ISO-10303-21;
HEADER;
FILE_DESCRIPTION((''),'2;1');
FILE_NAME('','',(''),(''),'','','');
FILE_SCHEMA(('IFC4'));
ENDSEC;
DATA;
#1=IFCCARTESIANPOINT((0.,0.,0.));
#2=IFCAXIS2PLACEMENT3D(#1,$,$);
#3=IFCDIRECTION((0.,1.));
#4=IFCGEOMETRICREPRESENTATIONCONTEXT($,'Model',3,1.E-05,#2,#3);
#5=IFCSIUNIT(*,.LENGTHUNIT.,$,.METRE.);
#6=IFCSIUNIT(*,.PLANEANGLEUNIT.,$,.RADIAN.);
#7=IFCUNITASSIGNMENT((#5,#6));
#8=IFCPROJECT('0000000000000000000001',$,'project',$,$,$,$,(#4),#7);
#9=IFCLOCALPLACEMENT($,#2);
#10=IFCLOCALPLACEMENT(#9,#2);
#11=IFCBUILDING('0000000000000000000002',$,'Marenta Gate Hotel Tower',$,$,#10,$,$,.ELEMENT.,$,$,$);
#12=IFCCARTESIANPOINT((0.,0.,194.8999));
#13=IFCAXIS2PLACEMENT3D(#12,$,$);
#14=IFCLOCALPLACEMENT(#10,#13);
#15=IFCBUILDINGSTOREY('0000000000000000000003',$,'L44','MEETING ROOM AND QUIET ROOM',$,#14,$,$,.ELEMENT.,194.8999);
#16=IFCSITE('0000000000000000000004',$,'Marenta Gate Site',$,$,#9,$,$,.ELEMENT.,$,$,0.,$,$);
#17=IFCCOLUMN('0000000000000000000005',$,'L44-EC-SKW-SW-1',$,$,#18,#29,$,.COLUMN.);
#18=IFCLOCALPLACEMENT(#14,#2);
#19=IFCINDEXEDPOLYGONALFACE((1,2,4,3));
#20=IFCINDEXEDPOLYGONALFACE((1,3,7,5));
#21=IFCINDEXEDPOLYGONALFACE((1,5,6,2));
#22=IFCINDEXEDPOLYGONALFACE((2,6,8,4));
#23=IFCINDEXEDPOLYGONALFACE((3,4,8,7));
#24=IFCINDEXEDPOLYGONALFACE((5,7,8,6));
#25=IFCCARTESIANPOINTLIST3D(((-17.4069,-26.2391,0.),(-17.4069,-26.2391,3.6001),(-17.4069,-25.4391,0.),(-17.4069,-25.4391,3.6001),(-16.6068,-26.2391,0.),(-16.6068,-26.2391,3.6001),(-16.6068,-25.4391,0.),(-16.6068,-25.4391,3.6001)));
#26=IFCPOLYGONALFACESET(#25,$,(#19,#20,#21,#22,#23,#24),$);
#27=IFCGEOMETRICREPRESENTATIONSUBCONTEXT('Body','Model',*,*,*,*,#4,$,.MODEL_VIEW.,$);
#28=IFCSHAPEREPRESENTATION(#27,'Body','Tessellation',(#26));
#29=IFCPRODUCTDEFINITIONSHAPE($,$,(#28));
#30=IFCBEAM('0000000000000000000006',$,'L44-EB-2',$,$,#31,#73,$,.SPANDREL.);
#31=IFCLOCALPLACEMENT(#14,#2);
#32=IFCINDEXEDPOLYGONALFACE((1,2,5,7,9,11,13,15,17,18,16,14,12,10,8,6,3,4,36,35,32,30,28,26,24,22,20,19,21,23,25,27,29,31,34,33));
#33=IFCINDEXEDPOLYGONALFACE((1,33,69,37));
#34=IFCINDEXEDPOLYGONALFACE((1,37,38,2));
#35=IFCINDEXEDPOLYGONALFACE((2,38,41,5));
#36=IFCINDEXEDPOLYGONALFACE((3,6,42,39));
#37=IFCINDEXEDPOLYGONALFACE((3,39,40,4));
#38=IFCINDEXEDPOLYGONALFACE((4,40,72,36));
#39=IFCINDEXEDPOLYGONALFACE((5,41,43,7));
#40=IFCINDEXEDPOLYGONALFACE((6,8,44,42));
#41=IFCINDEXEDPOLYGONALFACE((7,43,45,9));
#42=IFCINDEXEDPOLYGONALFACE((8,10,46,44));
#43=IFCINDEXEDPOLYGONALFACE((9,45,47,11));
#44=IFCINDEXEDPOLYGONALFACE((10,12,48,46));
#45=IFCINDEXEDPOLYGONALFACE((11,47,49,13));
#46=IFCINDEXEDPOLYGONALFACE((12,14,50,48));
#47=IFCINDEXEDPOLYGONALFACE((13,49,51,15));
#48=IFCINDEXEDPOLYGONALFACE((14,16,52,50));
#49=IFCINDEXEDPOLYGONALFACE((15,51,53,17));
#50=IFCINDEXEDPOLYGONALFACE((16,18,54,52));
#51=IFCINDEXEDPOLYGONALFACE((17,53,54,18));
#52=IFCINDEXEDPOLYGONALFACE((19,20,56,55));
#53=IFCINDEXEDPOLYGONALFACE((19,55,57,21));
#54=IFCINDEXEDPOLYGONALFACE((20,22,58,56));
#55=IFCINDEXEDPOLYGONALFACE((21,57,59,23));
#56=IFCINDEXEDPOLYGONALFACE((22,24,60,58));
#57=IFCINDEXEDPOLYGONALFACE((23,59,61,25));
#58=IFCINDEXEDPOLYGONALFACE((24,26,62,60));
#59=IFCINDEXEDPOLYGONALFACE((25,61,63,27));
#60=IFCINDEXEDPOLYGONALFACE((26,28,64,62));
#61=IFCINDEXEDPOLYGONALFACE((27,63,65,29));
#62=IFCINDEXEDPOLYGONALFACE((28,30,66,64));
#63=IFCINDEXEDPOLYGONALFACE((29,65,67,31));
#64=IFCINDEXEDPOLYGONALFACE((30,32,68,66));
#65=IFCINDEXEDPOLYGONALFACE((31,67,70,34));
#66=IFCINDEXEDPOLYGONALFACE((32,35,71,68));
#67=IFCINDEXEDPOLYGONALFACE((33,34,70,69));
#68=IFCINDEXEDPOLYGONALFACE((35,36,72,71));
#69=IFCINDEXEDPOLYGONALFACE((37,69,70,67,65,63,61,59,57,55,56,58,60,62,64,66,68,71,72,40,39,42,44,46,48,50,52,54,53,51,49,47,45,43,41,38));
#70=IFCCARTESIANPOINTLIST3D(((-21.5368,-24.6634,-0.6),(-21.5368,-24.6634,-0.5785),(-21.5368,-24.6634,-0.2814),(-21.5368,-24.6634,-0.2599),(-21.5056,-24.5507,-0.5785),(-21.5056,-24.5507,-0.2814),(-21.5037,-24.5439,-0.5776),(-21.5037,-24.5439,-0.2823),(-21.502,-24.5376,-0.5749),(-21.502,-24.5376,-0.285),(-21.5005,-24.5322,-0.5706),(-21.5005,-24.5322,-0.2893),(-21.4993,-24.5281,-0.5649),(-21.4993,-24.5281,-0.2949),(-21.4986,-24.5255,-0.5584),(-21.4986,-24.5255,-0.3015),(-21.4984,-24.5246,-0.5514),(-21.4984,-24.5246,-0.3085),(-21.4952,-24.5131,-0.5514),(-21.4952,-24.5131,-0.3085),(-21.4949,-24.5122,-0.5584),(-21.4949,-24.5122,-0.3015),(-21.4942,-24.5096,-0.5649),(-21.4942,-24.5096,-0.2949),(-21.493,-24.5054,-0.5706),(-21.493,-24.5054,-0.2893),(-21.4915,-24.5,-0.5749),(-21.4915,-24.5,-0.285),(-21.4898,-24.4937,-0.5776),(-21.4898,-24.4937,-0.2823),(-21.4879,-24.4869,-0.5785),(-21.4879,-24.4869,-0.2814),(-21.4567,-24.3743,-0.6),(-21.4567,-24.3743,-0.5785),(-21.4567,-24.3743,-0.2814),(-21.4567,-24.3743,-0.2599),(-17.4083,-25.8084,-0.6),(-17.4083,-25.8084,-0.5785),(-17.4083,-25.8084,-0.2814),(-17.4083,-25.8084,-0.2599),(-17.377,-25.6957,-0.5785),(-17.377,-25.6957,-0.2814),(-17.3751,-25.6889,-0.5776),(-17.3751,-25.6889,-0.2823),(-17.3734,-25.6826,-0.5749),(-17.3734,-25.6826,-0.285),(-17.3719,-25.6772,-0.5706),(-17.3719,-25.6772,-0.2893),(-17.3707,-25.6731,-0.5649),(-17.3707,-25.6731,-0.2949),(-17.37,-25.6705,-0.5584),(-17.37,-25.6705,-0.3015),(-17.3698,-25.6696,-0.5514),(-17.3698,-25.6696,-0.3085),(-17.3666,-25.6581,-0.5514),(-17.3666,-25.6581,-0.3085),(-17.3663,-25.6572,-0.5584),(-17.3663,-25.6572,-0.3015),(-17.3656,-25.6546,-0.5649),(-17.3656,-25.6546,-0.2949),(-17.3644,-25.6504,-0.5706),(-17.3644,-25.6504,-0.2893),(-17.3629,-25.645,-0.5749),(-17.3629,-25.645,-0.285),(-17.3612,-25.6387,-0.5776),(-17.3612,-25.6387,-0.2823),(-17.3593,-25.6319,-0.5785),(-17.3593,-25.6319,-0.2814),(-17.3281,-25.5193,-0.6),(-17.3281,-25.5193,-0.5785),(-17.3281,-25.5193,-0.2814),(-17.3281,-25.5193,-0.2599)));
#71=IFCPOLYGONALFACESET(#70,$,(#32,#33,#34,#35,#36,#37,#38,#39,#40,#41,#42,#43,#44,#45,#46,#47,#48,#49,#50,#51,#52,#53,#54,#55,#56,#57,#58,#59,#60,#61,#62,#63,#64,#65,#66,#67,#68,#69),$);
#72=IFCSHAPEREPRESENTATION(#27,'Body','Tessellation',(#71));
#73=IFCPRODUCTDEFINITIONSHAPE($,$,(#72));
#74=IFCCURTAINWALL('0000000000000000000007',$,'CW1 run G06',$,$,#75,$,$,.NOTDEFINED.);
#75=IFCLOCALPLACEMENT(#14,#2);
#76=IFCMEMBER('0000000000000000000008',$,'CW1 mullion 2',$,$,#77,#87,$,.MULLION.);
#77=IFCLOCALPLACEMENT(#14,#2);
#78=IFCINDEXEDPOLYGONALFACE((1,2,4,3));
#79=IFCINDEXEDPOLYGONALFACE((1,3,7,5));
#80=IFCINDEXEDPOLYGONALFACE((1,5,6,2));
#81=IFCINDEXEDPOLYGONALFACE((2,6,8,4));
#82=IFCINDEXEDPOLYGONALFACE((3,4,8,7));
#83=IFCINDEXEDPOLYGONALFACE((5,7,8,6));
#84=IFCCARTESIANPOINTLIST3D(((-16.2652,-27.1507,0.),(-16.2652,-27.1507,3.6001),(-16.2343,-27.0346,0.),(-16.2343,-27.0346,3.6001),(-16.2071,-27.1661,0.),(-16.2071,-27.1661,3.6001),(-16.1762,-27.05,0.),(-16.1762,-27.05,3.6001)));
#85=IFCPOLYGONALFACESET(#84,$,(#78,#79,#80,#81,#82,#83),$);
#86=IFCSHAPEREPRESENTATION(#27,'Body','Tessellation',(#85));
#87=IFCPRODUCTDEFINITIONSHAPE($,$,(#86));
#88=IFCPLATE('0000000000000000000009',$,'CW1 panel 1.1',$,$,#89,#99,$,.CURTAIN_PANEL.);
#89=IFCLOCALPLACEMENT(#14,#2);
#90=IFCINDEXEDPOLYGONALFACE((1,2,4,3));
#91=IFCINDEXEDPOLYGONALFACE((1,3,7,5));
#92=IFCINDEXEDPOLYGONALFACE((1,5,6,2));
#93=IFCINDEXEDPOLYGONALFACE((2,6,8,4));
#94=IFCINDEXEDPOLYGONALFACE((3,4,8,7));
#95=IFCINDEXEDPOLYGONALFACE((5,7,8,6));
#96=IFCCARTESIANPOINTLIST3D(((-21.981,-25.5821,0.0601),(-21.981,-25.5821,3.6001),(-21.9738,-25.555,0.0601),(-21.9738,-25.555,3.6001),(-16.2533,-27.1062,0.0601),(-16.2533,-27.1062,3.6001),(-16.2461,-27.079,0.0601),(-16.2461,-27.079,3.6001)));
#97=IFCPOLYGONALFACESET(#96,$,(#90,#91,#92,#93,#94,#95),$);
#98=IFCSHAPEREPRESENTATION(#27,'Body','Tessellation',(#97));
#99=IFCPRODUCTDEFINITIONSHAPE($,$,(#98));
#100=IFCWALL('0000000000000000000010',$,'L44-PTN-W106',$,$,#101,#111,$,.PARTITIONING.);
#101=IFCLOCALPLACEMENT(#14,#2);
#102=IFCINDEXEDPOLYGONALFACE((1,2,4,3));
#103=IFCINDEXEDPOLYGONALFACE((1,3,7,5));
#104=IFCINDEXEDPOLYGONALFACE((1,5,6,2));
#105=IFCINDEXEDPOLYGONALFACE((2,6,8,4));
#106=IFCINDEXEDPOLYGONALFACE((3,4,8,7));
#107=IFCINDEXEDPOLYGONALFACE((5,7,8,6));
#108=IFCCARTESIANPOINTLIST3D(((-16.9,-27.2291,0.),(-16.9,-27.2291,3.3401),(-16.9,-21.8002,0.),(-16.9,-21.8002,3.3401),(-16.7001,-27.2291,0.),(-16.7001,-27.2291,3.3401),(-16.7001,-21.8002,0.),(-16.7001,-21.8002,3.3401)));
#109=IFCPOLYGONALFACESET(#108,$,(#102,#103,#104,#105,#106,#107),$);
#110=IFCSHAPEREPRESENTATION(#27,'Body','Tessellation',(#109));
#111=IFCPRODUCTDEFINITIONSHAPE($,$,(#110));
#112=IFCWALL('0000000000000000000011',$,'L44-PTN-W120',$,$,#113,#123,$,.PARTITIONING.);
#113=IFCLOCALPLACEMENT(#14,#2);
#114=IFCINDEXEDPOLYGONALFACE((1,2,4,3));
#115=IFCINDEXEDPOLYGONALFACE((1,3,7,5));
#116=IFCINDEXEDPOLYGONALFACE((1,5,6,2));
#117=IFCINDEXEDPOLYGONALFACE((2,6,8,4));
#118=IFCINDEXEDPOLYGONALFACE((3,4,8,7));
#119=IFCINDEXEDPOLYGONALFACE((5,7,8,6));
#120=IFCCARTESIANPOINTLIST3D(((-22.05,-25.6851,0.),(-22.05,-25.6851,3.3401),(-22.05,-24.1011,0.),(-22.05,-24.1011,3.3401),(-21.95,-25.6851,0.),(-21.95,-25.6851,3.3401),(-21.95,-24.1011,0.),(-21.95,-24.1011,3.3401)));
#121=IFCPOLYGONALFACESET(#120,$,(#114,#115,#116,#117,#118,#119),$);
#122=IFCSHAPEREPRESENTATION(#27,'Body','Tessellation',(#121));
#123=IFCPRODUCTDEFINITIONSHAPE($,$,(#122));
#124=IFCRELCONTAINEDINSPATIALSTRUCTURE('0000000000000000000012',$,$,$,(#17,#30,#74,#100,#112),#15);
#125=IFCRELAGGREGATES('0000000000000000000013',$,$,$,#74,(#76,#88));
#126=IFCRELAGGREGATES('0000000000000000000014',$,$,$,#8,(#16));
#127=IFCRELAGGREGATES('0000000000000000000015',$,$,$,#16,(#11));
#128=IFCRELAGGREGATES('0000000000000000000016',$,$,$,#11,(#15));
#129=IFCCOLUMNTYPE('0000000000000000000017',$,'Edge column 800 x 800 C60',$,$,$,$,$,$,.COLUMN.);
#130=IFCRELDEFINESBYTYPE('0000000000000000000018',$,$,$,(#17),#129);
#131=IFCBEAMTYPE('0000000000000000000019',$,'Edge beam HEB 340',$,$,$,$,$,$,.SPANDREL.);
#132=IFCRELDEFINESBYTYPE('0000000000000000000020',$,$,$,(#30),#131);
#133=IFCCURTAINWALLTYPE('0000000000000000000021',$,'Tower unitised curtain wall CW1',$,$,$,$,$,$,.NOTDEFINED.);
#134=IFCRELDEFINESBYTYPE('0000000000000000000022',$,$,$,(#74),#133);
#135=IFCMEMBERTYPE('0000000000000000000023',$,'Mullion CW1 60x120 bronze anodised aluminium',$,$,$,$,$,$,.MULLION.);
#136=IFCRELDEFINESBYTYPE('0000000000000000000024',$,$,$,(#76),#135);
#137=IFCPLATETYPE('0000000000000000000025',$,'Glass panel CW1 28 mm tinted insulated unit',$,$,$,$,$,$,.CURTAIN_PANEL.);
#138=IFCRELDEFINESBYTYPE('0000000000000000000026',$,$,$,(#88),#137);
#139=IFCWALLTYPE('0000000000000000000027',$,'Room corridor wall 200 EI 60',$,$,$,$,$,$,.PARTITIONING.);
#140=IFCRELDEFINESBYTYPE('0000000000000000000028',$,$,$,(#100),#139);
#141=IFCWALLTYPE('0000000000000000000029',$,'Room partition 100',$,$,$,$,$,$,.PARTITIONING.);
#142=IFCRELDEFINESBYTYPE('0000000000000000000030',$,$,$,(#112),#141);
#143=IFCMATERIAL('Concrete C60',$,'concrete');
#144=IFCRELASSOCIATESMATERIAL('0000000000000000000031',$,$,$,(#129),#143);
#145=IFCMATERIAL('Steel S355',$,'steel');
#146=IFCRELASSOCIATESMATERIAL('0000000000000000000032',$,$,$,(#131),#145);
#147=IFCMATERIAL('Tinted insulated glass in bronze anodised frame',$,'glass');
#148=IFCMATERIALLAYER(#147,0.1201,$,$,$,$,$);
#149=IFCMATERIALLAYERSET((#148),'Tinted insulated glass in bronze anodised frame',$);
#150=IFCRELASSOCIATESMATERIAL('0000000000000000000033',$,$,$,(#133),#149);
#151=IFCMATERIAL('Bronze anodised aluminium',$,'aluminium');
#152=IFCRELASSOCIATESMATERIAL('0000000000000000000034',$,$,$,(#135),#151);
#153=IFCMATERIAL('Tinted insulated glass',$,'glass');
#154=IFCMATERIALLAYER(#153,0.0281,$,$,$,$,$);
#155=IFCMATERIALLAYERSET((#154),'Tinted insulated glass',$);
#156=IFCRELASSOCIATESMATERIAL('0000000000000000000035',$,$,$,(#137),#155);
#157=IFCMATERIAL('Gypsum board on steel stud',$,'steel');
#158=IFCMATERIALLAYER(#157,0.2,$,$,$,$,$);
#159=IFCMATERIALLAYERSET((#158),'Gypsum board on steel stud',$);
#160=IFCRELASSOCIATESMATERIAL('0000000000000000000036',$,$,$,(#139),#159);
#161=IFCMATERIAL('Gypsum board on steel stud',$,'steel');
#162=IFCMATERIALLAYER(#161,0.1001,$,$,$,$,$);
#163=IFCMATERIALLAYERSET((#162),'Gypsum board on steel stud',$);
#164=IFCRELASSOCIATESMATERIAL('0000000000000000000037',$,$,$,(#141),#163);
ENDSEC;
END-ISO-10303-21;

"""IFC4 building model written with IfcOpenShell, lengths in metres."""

from ifc_helpers import new_model, si_unit, direction, frame, frame_2d, origin, origin_2d, place, context, subcontext, project, spatial, rectangle, i_section, extrude, material, layer, layer_set, material_profile, profile_set, type_object, element, aggregate, save


model = new_model("IFC4")

# Units and contexts
model_context = context("Model", 3, precision=1e-05, world=origin(), true_north=direction((0.0, 1.0)))
body_context = subcontext(model_context, "Body", "Model", "MODEL_VIEW")
ifc_project = project(units=[si_unit("LENGTHUNIT", "METRE"), si_unit("PLANEANGLEUNIT", "RADIAN")], contexts=[model_context])

# Site, building, storey
site_placement = place(None, origin())
site = spatial("IfcSite", under=ifc_project, at=site_placement, Name="Marenta Gate Site", CompositionType="ELEMENT", RefElevation=0.0)
building_placement = place(site_placement, origin())
building = spatial("IfcBuilding", under=site, at=building_placement, Name="Marenta Gate Hotel Tower", CompositionType="ELEMENT")
storey_placement = place(building_placement, frame((0.0, 0.0, 194.8999)))
storey = spatial("IfcBuildingStorey", under=building, at=storey_placement, Name="L44", Description="MEETING ROOM AND QUIET ROOM", CompositionType="ELEMENT", Elevation=194.8999)

# Column
ifc_material_1 = material(Name="Concrete C60", Category="concrete")
ifc_material_profile_1 = material_profile(ifc_material_1, rectangle(XDim=0.8, YDim=0.8, at=origin_2d()), Name="800 x 800")
ifc_profile_set_1 = profile_set([ifc_material_profile_1], Name="Concrete C60")
column_type = type_object("IfcColumnType", Name="Edge column 800 x 800 C60", PredefinedType="COLUMN", material=ifc_profile_set_1)
column_placement = place(storey_placement, frame((-17.0068, -25.8391, 0.0), z_axis=(0.0, 0.0, 1.0), x_axis=(1.0, 0.0, 0.0)))
element("IfcColumn", 1, at=column_placement, inside=storey, type_object=column_type, Name="L44-EC-SKW-SW-1", PredefinedType="COLUMN", context=body_context, shape_type="SweptSolid", body=[
    extrude(rectangle(XDim=0.8, YDim=0.8, at=origin_2d()), origin(), (0.0, 0.0, 1.0), 3.6001),
])

# Beam
ifc_material_2 = material(Name="Steel S355", Category="steel")
ifc_material_profile_2 = material_profile(ifc_material_2, i_section(OverallWidth=0.3, OverallDepth=0.3401, WebThickness=0.012, FlangeThickness=0.0215, FilletRadius=0.0271, at=origin_2d()), Name="HEB 340")
ifc_profile_set_2 = profile_set([ifc_material_profile_2], Name="Steel S355")
beam_type = type_object("IfcBeamType", Name="Edge beam HEB 340", PredefinedType="SPANDREL", material=ifc_profile_set_2)
beam_placement = place(storey_placement, frame((-17.3682, -25.6638, -0.4299), z_axis=(-0.963628, 0.267247, 0.0), x_axis=(-0.267247, -0.963628, 0.0)))
element("IfcBeam", 2, at=beam_placement, inside=storey, type_object=beam_type, Name="L44-EB-2", PredefinedType="SPANDREL", context=body_context, shape_type="SweptSolid", body=[
    extrude(i_section(OverallWidth=0.3, OverallDepth=0.3401, WebThickness=0.012, FlangeThickness=0.0215, FilletRadius=0.0271, at=origin_2d()), origin(), (0.0, 0.0, 1.0), 4.2844),
])

# Curtain wall, member, plate
ifc_material_3 = material(Name="Tinted insulated glass in bronze anodised frame", Category="glass")
ifc_layer_1 = layer(ifc_material_3, 0.1201)
ifc_layer_set_1 = layer_set([ifc_layer_1], Name="Tinted insulated glass in bronze anodised frame")
curtain_wall_type = type_object("IfcCurtainWallType", Name="Tower unitised curtain wall CW1", PredefinedType="NOTDEFINED", material=ifc_layer_set_1)
curtain_wall_placement = place(storey_placement, origin())
curtain_wall = element("IfcCurtainWall", 3, at=curtain_wall_placement, inside=storey, type_object=curtain_wall_type, Name="CW1 run G06", PredefinedType="NOTDEFINED")
ifc_material_4 = material(Name="Bronze anodised aluminium", Category="aluminium")
ifc_material_profile_3 = material_profile(ifc_material_4, rectangle(XDim=0.1201, YDim=0.0601, at=origin_2d()), Name="Mullion CW1 60x120 bronze anodised aluminium")
ifc_profile_set_3 = profile_set([ifc_material_profile_3], Name="Bronze anodised aluminium")
member_type = type_object("IfcMemberType", Name="Mullion CW1 60x120 bronze anodised aluminium", PredefinedType="MULLION", material=ifc_profile_set_3)
member_placement = place(storey_placement, frame((-16.2207, -27.1003, 0.0), z_axis=(0.0, 0.0, 1.0), x_axis=(0.257139, 0.966374, 0.0)))
member = element("IfcMember", 4, at=member_placement, type_object=member_type, Name="CW1 mullion 2", PredefinedType="MULLION", context=body_context, shape_type="SweptSolid", body=[
    extrude(rectangle(XDim=0.1201, YDim=0.0601, at=origin_2d()), origin(), (0.0, 0.0, 1.0), 3.6001),
])
ifc_material_5 = material(Name="Tinted insulated glass", Category="glass")
ifc_layer_2 = layer(ifc_material_5, 0.0281)
ifc_layer_set_2 = layer_set([ifc_layer_2], Name="Tinted insulated glass")
plate_type = type_object("IfcPlateType", Name="Glass panel CW1 28 mm tinted insulated unit", PredefinedType="CURTAIN_PANEL", material=ifc_layer_set_2)
plate_placement = place(storey_placement, frame((-19.1135, -26.3306, 0.0601), z_axis=(0.0, 0.0, 1.0), x_axis=(0.966374, -0.257139, 0.0)))
plate = element("IfcPlate", 5, at=plate_placement, type_object=plate_type, Name="CW1 panel 1.1", PredefinedType="CURTAIN_PANEL", context=body_context, shape_type="SweptSolid", body=[
    extrude(rectangle(XDim=5.927, YDim=0.0281, at=origin_2d()), origin(), (0.0, 0.0, 1.0), 3.54),
])
aggregate(curtain_wall, [member, plate])

# Wall
ifc_material_6 = material(Name="Gypsum board on steel stud", Category="steel")
ifc_layer_3 = layer(ifc_material_6, 0.2)
ifc_layer_set_3 = layer_set([ifc_layer_3], Name="Gypsum board on steel stud")
wall_type_1 = type_object("IfcWallType", Name="Room corridor wall 200 EI 60", PredefinedType="PARTITIONING", material=ifc_layer_set_3)
wall_1_placement = place(storey_placement, frame((-16.8, -27.229, 0.0), z_axis=(0.0, 0.0, 1.0), x_axis=(0.0, 1.0, 0.0)))
element("IfcWall", 6, at=wall_1_placement, inside=storey, type_object=wall_type_1, Name="L44-PTN-W106", PredefinedType="PARTITIONING", context=body_context, shape_type="SweptSolid", body=[
    extrude(rectangle(XDim=5.429, YDim=0.2, at=frame_2d((2.7144, 0.0))), origin(), (0.0, 0.0, 1.0), 3.3401),
])

# Wall
ifc_material_7 = material(Name="Gypsum board on steel stud", Category="steel")
ifc_layer_4 = layer(ifc_material_7, 0.1001)
ifc_layer_set_4 = layer_set([ifc_layer_4], Name="Gypsum board on steel stud")
wall_type_2 = type_object("IfcWallType", Name="Room partition 100", PredefinedType="PARTITIONING", material=ifc_layer_set_4)
wall_2_placement = place(storey_placement, frame((-22.0, -25.6851, 0.0), z_axis=(0.0, 0.0, 1.0), x_axis=(0.0, 1.0, 0.0)))
element("IfcWall", 7, at=wall_2_placement, inside=storey, type_object=wall_type_2, Name="L44-PTN-W120", PredefinedType="PARTITIONING", context=body_context, shape_type="SweptSolid", body=[
    extrude(rectangle(XDim=1.584, YDim=0.1001, at=frame_2d((0.792, 0.0))), origin(), (0.0, 0.0, 1.0), 3.3401),
])

save(model, "model.ifc")
